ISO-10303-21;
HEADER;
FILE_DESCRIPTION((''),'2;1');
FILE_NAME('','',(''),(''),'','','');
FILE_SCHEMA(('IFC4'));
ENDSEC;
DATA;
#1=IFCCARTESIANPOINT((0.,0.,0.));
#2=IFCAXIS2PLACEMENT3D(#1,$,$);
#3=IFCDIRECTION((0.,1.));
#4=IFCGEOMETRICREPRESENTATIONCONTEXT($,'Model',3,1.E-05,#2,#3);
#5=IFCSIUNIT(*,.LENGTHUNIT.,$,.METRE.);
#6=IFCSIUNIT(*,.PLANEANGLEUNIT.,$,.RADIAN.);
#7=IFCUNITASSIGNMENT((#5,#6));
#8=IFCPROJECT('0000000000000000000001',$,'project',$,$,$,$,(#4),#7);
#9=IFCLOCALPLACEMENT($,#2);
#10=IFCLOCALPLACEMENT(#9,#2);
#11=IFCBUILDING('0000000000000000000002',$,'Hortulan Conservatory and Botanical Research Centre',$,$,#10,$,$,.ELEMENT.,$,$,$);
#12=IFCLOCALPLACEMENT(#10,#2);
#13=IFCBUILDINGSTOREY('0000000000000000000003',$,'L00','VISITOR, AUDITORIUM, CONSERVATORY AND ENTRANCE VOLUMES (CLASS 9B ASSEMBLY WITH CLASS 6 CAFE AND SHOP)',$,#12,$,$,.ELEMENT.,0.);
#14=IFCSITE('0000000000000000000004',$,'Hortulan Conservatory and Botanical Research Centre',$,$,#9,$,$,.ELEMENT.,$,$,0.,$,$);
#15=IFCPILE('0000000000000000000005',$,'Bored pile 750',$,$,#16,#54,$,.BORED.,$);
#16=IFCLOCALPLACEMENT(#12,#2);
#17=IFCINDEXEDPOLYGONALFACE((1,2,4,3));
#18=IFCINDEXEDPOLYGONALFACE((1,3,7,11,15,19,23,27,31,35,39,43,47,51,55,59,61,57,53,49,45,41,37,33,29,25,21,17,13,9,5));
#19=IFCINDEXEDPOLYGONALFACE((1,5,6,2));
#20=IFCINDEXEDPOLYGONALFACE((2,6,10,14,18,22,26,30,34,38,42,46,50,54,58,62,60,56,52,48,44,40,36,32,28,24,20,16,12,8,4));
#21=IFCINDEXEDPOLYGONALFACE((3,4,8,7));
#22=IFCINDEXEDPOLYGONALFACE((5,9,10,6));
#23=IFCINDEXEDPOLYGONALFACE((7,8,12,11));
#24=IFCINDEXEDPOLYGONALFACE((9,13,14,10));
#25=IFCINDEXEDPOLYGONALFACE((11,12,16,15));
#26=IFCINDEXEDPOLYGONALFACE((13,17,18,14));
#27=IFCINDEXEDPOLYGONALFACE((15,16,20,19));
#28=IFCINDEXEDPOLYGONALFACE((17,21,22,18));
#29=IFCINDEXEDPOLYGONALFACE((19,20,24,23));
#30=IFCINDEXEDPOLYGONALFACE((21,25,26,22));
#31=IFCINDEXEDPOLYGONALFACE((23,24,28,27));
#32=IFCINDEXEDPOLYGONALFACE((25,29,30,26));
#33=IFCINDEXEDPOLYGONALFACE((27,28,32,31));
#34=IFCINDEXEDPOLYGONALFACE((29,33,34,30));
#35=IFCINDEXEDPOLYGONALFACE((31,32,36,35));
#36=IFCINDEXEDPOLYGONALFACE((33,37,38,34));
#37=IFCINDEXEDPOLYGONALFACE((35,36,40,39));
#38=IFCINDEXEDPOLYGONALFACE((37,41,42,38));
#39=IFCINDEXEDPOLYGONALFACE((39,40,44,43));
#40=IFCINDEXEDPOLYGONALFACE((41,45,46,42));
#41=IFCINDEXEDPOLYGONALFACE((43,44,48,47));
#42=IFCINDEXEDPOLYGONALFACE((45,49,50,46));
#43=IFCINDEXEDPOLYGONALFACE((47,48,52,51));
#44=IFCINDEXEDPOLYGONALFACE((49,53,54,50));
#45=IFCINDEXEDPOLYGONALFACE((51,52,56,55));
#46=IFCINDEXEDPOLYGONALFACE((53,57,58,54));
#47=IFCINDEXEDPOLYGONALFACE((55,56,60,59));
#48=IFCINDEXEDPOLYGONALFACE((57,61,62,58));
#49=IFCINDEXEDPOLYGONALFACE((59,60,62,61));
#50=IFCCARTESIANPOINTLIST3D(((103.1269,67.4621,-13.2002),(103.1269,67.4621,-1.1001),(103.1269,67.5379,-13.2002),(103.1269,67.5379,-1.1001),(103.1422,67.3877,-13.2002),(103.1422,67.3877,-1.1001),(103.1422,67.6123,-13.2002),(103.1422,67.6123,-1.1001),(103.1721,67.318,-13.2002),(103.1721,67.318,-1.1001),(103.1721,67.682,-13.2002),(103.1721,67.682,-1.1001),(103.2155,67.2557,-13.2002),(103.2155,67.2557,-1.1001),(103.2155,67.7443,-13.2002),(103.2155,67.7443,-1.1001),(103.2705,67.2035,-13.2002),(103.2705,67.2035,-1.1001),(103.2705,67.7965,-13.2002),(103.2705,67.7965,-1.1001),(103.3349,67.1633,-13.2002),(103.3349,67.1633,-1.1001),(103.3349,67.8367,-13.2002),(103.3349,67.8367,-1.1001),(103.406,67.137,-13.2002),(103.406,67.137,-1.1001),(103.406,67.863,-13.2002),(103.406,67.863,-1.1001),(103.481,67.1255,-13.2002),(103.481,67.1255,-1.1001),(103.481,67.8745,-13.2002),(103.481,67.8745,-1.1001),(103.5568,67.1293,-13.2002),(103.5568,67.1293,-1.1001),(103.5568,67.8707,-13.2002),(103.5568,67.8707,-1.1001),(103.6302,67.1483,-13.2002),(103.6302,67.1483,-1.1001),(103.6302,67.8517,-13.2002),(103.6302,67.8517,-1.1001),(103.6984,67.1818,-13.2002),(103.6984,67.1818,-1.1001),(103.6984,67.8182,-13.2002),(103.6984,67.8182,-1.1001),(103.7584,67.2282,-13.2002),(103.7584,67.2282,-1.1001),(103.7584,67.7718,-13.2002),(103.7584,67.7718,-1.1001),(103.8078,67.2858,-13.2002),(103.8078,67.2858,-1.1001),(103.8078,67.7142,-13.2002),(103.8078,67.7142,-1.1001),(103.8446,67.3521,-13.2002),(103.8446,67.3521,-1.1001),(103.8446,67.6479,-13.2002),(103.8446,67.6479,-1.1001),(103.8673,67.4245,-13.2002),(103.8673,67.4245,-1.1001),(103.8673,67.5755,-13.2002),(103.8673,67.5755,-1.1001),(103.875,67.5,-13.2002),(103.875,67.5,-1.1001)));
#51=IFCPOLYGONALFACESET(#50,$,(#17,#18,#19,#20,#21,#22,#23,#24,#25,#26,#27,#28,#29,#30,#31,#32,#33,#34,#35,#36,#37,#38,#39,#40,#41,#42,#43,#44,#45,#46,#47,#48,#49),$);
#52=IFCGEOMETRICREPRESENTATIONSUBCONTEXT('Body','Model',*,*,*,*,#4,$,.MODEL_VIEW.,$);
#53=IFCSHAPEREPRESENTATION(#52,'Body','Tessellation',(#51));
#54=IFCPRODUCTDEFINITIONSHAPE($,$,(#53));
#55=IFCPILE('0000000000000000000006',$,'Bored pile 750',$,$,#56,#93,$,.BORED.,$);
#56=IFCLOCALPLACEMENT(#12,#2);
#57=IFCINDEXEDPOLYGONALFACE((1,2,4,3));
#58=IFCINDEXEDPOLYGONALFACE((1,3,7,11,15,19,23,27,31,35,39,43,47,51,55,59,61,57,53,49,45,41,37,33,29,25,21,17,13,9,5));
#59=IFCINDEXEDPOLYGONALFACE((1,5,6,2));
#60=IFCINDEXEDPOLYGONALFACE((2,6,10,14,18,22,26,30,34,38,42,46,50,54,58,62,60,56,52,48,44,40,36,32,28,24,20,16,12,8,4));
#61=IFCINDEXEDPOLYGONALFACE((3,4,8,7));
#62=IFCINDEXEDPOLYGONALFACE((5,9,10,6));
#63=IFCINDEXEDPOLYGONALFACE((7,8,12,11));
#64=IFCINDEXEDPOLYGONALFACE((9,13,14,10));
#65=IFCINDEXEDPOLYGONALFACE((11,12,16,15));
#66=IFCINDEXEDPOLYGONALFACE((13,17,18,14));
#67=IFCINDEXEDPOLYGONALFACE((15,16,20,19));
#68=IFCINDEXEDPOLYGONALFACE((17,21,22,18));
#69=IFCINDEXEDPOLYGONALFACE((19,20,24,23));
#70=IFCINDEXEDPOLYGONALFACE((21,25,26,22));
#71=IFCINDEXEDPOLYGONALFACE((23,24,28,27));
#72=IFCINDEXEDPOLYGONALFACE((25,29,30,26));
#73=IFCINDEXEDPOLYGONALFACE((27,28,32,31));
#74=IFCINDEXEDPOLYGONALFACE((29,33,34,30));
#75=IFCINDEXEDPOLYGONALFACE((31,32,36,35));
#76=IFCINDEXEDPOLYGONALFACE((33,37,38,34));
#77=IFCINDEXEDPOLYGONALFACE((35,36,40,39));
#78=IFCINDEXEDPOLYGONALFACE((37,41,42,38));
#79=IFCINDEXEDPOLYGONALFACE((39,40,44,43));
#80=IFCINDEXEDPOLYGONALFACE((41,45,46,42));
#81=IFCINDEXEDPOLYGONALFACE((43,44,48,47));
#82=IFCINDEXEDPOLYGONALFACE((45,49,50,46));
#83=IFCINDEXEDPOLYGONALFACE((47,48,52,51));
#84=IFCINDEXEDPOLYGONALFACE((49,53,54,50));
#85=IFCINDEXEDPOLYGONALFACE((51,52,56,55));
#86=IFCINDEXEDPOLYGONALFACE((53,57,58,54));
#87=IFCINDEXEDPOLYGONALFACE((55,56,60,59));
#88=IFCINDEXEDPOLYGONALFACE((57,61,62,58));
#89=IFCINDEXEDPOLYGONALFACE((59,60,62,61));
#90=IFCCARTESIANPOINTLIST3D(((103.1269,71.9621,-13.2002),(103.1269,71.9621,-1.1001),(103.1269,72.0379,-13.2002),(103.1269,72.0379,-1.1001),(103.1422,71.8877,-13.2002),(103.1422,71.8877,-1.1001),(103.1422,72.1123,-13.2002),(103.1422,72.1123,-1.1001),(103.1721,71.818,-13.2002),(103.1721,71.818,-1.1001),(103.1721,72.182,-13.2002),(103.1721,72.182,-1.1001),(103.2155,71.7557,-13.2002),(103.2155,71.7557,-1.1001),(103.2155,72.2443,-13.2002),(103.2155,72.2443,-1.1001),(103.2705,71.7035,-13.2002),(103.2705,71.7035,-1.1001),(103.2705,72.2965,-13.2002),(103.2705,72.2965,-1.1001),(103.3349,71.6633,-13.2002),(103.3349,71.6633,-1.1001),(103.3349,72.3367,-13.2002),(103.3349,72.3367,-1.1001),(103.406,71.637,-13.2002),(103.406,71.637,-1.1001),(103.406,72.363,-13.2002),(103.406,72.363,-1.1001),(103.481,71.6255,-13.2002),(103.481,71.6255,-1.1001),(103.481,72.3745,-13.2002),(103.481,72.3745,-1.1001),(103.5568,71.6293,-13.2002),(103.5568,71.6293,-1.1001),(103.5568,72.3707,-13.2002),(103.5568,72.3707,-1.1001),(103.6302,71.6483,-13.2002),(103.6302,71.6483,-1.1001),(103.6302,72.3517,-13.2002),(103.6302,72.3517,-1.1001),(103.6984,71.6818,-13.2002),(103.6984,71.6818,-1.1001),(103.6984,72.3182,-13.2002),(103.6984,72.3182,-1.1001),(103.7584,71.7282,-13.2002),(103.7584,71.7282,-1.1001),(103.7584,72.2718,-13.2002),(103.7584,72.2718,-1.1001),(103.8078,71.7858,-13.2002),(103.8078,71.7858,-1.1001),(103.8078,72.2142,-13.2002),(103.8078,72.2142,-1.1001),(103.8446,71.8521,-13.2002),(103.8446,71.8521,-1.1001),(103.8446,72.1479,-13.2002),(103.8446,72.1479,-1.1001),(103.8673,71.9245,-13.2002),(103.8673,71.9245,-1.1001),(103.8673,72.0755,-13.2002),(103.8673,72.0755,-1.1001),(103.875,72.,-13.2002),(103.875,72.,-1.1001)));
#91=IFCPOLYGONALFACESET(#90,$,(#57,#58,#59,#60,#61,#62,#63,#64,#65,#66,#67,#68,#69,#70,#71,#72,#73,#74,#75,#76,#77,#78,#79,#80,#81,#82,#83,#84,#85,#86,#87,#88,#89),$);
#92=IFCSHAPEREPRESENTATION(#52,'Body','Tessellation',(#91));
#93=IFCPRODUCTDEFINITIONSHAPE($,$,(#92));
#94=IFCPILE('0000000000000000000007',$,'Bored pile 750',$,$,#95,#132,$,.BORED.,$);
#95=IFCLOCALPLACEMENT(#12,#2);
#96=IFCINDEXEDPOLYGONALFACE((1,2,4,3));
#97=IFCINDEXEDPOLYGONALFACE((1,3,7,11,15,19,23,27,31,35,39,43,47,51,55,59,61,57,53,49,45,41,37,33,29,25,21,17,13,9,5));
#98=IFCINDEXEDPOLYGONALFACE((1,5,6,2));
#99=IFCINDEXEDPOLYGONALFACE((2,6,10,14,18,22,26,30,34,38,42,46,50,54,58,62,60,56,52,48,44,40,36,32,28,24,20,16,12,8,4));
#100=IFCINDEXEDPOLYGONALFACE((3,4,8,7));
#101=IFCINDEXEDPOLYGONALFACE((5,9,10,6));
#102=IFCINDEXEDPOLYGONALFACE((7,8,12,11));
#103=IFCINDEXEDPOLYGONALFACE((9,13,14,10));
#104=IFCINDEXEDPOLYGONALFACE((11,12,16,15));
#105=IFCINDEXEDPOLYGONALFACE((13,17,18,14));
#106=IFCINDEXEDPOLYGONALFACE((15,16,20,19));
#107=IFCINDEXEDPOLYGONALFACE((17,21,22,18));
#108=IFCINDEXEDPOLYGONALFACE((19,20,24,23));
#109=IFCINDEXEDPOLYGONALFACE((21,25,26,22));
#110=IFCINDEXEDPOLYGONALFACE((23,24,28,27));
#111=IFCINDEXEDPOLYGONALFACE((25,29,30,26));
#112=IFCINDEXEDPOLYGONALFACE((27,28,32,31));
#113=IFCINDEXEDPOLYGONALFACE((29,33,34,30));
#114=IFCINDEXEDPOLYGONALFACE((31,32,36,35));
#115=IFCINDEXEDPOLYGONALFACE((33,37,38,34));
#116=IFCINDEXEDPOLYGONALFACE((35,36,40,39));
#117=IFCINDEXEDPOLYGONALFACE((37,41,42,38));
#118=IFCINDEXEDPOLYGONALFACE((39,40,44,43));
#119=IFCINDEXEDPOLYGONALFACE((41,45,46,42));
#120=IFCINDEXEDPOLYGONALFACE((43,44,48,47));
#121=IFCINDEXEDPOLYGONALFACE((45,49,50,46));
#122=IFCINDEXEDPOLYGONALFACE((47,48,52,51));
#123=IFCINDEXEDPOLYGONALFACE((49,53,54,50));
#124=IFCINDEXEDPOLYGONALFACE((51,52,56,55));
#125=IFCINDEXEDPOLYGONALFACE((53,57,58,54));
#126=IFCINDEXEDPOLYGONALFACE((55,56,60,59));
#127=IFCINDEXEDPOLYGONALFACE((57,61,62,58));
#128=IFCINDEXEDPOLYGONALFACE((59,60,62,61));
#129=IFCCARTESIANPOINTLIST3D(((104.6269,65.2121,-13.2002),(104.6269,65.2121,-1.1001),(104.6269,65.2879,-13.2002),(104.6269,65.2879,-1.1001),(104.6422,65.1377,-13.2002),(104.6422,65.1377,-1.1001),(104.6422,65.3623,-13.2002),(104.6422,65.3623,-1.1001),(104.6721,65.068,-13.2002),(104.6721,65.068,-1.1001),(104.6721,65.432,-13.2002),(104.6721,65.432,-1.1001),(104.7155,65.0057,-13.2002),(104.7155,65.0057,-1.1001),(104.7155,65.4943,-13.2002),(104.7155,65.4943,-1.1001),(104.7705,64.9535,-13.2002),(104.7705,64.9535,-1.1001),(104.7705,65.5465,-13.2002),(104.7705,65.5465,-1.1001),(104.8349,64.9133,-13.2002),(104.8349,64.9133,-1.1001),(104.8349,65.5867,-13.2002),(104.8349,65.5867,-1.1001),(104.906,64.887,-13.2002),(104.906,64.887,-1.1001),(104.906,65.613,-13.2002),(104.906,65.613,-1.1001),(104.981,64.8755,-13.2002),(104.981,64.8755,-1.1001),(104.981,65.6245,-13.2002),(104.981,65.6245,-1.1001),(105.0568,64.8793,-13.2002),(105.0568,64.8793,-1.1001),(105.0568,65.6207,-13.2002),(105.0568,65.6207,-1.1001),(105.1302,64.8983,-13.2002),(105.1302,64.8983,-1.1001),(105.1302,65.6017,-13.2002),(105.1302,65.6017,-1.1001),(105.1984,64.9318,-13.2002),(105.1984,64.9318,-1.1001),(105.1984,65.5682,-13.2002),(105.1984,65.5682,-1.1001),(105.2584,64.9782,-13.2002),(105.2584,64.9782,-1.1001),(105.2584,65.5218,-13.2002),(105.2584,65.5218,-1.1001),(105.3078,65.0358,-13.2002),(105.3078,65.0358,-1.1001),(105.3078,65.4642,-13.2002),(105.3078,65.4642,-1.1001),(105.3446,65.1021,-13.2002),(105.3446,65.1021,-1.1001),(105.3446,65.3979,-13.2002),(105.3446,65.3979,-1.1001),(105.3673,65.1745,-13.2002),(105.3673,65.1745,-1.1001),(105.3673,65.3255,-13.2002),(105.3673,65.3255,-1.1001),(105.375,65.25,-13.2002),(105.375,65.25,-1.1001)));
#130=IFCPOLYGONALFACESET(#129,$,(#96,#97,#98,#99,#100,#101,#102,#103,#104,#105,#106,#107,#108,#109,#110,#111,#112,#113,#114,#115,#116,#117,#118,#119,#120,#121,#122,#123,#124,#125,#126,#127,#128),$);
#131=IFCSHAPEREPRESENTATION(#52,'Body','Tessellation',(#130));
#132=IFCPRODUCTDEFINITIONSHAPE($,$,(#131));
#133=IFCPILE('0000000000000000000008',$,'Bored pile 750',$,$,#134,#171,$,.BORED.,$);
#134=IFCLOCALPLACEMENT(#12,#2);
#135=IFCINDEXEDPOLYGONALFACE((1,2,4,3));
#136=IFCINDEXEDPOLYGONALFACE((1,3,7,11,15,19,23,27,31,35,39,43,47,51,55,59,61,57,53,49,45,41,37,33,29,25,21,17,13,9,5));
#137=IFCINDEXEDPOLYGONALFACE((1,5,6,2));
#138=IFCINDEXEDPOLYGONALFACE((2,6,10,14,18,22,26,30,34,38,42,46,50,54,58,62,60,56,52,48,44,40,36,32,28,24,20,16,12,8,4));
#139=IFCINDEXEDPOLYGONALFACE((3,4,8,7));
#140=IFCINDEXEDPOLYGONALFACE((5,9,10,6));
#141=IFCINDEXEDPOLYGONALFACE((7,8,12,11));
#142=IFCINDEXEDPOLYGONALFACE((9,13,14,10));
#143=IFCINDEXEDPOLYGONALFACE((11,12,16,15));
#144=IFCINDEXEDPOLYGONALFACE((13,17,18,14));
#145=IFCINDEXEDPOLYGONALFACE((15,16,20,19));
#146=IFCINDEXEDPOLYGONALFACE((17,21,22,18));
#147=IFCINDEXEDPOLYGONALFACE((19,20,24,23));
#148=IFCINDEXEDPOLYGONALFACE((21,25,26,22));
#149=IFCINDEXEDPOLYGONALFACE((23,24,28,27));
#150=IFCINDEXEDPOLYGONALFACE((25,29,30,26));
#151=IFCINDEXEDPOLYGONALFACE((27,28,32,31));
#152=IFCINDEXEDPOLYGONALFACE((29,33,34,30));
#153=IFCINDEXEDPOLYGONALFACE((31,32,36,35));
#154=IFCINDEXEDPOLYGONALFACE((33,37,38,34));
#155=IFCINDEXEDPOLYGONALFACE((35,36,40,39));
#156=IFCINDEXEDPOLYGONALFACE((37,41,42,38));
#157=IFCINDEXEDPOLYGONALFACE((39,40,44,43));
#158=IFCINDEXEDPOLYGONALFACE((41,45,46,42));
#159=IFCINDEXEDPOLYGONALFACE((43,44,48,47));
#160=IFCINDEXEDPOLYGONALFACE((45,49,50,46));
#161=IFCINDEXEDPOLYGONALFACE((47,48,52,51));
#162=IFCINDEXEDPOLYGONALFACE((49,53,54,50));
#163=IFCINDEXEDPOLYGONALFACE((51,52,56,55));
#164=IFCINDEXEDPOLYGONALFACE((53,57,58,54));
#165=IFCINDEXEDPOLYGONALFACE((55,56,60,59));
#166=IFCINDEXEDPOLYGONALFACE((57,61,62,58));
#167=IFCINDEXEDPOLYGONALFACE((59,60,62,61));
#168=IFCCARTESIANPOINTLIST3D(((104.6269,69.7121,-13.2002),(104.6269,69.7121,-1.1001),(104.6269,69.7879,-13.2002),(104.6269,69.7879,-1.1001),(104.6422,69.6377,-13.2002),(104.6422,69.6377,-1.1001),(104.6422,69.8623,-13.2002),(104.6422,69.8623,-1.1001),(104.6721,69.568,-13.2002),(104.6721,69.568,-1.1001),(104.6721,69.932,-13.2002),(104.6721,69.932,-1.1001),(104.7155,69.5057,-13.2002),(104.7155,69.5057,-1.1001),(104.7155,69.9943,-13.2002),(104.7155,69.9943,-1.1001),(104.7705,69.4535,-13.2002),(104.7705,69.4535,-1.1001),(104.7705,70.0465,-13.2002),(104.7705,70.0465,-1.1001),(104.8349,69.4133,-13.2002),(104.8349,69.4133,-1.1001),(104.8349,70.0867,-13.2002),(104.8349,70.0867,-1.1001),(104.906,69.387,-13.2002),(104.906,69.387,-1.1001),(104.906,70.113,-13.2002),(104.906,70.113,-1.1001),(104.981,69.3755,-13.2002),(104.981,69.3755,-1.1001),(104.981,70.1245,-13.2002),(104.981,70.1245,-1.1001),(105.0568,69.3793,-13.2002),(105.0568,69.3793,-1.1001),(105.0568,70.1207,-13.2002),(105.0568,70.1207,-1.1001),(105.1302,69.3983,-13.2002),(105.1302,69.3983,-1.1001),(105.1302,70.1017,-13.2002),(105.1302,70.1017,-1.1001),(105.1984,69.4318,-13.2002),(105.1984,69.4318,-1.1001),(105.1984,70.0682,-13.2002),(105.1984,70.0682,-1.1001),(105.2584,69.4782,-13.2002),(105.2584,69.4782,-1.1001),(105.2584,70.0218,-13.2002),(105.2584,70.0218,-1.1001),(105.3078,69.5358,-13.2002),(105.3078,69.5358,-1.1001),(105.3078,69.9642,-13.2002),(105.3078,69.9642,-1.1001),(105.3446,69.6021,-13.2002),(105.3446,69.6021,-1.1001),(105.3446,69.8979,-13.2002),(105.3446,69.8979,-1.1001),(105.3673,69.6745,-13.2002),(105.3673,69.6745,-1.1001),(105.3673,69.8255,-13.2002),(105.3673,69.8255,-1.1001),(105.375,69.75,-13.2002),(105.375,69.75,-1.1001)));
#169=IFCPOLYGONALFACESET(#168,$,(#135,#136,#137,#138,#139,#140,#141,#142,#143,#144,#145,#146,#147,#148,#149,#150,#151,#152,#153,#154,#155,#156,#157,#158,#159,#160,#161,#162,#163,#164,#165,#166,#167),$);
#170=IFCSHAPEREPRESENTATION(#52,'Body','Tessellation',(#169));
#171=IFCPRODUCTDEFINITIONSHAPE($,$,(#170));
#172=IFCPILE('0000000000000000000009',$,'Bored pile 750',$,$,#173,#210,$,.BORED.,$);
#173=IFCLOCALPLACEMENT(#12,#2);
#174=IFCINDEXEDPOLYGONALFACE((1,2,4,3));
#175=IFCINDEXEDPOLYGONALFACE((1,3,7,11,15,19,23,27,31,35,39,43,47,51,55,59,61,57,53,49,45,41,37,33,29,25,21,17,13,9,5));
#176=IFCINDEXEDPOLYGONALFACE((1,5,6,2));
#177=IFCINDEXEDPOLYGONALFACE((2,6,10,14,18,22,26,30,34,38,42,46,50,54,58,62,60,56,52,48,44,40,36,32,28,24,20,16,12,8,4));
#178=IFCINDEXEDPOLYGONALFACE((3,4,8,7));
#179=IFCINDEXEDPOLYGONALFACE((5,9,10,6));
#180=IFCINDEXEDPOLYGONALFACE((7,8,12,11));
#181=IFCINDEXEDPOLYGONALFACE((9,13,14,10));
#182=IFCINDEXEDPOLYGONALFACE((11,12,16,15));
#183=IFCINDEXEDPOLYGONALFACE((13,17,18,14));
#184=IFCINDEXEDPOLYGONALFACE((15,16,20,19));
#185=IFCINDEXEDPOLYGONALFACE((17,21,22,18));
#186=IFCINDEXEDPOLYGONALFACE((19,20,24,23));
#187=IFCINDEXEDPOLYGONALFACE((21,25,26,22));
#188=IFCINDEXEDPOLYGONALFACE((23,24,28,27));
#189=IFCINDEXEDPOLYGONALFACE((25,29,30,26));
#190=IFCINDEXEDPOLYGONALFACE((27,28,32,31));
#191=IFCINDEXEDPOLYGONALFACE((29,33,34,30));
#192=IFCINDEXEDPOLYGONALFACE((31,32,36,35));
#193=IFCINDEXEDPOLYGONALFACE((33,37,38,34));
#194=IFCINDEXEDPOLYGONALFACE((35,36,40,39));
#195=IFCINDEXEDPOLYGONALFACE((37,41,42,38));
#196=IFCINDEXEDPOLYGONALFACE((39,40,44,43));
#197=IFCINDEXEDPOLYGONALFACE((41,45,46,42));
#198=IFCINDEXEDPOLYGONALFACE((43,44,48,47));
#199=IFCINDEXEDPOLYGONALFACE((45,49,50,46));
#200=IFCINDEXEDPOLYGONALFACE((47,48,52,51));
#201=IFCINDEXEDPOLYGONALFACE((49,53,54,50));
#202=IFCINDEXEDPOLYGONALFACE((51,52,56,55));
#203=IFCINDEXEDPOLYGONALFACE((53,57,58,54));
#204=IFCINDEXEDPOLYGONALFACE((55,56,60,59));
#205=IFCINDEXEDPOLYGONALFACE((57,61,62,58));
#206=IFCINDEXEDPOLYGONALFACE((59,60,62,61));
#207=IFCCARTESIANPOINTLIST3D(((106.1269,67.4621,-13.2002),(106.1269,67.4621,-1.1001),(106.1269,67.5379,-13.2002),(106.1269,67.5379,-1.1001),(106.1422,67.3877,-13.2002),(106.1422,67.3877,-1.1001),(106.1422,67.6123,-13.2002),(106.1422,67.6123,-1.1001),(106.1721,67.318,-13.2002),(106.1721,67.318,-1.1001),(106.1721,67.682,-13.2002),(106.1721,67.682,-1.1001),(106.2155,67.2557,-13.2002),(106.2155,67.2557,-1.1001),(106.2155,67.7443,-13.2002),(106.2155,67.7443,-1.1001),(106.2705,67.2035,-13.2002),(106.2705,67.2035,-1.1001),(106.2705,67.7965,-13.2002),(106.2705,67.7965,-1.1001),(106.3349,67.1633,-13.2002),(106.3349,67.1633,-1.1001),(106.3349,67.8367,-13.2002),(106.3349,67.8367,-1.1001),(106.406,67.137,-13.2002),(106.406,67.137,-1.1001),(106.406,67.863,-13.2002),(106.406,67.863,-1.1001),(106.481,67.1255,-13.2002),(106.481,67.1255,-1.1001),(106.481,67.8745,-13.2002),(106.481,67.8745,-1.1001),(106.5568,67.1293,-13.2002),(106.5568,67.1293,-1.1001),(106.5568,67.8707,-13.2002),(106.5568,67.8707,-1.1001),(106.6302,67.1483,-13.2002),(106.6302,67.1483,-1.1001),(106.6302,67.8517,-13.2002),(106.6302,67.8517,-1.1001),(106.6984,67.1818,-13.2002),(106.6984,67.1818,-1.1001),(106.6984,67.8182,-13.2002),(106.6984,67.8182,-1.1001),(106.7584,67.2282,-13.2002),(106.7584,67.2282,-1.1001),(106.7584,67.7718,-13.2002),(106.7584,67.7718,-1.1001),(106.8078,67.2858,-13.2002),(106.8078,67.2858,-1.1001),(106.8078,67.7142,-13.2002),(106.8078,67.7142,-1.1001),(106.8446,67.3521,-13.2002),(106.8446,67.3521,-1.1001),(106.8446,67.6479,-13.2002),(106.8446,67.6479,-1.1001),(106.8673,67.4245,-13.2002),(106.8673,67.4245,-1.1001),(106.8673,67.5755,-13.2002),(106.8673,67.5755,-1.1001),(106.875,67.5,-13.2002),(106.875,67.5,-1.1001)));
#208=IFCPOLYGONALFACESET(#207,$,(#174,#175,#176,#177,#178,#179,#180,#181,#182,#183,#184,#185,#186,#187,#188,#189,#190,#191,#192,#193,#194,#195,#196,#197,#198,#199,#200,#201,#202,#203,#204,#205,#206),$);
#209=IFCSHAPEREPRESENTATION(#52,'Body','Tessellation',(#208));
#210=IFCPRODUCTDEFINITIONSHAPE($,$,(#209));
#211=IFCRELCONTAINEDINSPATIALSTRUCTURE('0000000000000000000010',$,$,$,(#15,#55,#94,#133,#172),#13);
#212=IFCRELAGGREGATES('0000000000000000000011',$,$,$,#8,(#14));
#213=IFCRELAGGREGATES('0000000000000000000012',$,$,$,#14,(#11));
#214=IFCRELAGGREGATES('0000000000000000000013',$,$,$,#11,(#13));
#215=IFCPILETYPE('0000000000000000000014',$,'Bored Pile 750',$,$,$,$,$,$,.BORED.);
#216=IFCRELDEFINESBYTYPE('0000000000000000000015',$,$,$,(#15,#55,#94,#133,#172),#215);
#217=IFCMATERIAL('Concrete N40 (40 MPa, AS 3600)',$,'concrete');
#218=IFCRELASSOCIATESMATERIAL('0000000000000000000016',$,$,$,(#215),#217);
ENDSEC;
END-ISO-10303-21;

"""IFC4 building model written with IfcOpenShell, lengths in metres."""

from ifc_helpers import new_model, si_unit, direction, frame, origin, origin_2d, place, context, subcontext, project, spatial, circle, extrude, material, material_profile, profile_set, type_object, element, save


model = new_model("IFC4")

# Units and contexts
model_context = context("Model", 3, precision=1e-05, world=origin(), true_north=direction((0.0, 1.0)))
body_context = subcontext(model_context, "Body", "Model", "MODEL_VIEW")
ifc_project = project(units=[si_unit("LENGTHUNIT", "METRE"), si_unit("PLANEANGLEUNIT", "RADIAN")], contexts=[model_context])

# Site, building, storey
site_placement = place(None, origin())
site = spatial("IfcSite", under=ifc_project, at=site_placement, Name="Hortulan Conservatory and Botanical Research Centre", CompositionType="ELEMENT", RefElevation=0.0)
building_placement = place(site_placement, origin())
building = spatial("IfcBuilding", under=site, at=building_placement, Name="Hortulan Conservatory and Botanical Research Centre", CompositionType="ELEMENT")
storey_placement = place(building_placement, origin())
storey = spatial("IfcBuildingStorey", under=building, at=storey_placement, Name="L00", Description="VISITOR, AUDITORIUM, CONSERVATORY AND ENTRANCE VOLUMES (CLASS 9B ASSEMBLY WITH CLASS 6 CAFE AND SHOP)", CompositionType="ELEMENT", Elevation=0.0)

# Piles
ifc_material_1 = material(Name="Concrete N40 (40 MPa, AS 3600)", Category="concrete")
ifc_material_profile_1 = material_profile(ifc_material_1, circle(Radius=0.375, at=origin_2d()), Name="Bored pile 750 diameter")
ifc_profile_set_1 = profile_set([ifc_material_profile_1], Name="Concrete N40 (40 MPa, AS 3600)")
pile_type = type_object("IfcPileType", Name="Bored Pile 750", PredefinedType="BORED", material=ifc_profile_set_1)
for number, where, z_axis, x_axis, name in (
    (1, (103.5, 67.5, -1.1001), (0.0, 0.0, -1.0), (1.0, 0.0, 0.0), "Bored pile 750"),
    (2, (103.5, 72.0, -1.1001), (0.0, 0.0, -1.0), (1.0, 0.0, 0.0), "Bored pile 750"),
    (3, (105.0, 65.25, -1.1001), (0.0, 0.0, -1.0), (1.0, 0.0, 0.0), "Bored pile 750"),
    (4, (105.0, 69.75, -1.1001), (0.0, 0.0, -1.0), (1.0, 0.0, 0.0), "Bored pile 750"),
    (5, (106.5, 67.5, -1.1001), (0.0, 0.0, -1.0), (1.0, 0.0, 0.0), "Bored pile 750"),
):
    element("IfcPile", number, at=place(storey_placement, frame(where, z_axis=z_axis, x_axis=x_axis)), inside=storey, type_object=pile_type, Name=name, PredefinedType="BORED", context=body_context, shape_type="SweptSolid", body=[
        extrude(circle(Radius=0.375, at=origin_2d()), origin(), (0.0, 0.0, 1.0), 12.1001),
    ])

save(model, "model.ifc")
